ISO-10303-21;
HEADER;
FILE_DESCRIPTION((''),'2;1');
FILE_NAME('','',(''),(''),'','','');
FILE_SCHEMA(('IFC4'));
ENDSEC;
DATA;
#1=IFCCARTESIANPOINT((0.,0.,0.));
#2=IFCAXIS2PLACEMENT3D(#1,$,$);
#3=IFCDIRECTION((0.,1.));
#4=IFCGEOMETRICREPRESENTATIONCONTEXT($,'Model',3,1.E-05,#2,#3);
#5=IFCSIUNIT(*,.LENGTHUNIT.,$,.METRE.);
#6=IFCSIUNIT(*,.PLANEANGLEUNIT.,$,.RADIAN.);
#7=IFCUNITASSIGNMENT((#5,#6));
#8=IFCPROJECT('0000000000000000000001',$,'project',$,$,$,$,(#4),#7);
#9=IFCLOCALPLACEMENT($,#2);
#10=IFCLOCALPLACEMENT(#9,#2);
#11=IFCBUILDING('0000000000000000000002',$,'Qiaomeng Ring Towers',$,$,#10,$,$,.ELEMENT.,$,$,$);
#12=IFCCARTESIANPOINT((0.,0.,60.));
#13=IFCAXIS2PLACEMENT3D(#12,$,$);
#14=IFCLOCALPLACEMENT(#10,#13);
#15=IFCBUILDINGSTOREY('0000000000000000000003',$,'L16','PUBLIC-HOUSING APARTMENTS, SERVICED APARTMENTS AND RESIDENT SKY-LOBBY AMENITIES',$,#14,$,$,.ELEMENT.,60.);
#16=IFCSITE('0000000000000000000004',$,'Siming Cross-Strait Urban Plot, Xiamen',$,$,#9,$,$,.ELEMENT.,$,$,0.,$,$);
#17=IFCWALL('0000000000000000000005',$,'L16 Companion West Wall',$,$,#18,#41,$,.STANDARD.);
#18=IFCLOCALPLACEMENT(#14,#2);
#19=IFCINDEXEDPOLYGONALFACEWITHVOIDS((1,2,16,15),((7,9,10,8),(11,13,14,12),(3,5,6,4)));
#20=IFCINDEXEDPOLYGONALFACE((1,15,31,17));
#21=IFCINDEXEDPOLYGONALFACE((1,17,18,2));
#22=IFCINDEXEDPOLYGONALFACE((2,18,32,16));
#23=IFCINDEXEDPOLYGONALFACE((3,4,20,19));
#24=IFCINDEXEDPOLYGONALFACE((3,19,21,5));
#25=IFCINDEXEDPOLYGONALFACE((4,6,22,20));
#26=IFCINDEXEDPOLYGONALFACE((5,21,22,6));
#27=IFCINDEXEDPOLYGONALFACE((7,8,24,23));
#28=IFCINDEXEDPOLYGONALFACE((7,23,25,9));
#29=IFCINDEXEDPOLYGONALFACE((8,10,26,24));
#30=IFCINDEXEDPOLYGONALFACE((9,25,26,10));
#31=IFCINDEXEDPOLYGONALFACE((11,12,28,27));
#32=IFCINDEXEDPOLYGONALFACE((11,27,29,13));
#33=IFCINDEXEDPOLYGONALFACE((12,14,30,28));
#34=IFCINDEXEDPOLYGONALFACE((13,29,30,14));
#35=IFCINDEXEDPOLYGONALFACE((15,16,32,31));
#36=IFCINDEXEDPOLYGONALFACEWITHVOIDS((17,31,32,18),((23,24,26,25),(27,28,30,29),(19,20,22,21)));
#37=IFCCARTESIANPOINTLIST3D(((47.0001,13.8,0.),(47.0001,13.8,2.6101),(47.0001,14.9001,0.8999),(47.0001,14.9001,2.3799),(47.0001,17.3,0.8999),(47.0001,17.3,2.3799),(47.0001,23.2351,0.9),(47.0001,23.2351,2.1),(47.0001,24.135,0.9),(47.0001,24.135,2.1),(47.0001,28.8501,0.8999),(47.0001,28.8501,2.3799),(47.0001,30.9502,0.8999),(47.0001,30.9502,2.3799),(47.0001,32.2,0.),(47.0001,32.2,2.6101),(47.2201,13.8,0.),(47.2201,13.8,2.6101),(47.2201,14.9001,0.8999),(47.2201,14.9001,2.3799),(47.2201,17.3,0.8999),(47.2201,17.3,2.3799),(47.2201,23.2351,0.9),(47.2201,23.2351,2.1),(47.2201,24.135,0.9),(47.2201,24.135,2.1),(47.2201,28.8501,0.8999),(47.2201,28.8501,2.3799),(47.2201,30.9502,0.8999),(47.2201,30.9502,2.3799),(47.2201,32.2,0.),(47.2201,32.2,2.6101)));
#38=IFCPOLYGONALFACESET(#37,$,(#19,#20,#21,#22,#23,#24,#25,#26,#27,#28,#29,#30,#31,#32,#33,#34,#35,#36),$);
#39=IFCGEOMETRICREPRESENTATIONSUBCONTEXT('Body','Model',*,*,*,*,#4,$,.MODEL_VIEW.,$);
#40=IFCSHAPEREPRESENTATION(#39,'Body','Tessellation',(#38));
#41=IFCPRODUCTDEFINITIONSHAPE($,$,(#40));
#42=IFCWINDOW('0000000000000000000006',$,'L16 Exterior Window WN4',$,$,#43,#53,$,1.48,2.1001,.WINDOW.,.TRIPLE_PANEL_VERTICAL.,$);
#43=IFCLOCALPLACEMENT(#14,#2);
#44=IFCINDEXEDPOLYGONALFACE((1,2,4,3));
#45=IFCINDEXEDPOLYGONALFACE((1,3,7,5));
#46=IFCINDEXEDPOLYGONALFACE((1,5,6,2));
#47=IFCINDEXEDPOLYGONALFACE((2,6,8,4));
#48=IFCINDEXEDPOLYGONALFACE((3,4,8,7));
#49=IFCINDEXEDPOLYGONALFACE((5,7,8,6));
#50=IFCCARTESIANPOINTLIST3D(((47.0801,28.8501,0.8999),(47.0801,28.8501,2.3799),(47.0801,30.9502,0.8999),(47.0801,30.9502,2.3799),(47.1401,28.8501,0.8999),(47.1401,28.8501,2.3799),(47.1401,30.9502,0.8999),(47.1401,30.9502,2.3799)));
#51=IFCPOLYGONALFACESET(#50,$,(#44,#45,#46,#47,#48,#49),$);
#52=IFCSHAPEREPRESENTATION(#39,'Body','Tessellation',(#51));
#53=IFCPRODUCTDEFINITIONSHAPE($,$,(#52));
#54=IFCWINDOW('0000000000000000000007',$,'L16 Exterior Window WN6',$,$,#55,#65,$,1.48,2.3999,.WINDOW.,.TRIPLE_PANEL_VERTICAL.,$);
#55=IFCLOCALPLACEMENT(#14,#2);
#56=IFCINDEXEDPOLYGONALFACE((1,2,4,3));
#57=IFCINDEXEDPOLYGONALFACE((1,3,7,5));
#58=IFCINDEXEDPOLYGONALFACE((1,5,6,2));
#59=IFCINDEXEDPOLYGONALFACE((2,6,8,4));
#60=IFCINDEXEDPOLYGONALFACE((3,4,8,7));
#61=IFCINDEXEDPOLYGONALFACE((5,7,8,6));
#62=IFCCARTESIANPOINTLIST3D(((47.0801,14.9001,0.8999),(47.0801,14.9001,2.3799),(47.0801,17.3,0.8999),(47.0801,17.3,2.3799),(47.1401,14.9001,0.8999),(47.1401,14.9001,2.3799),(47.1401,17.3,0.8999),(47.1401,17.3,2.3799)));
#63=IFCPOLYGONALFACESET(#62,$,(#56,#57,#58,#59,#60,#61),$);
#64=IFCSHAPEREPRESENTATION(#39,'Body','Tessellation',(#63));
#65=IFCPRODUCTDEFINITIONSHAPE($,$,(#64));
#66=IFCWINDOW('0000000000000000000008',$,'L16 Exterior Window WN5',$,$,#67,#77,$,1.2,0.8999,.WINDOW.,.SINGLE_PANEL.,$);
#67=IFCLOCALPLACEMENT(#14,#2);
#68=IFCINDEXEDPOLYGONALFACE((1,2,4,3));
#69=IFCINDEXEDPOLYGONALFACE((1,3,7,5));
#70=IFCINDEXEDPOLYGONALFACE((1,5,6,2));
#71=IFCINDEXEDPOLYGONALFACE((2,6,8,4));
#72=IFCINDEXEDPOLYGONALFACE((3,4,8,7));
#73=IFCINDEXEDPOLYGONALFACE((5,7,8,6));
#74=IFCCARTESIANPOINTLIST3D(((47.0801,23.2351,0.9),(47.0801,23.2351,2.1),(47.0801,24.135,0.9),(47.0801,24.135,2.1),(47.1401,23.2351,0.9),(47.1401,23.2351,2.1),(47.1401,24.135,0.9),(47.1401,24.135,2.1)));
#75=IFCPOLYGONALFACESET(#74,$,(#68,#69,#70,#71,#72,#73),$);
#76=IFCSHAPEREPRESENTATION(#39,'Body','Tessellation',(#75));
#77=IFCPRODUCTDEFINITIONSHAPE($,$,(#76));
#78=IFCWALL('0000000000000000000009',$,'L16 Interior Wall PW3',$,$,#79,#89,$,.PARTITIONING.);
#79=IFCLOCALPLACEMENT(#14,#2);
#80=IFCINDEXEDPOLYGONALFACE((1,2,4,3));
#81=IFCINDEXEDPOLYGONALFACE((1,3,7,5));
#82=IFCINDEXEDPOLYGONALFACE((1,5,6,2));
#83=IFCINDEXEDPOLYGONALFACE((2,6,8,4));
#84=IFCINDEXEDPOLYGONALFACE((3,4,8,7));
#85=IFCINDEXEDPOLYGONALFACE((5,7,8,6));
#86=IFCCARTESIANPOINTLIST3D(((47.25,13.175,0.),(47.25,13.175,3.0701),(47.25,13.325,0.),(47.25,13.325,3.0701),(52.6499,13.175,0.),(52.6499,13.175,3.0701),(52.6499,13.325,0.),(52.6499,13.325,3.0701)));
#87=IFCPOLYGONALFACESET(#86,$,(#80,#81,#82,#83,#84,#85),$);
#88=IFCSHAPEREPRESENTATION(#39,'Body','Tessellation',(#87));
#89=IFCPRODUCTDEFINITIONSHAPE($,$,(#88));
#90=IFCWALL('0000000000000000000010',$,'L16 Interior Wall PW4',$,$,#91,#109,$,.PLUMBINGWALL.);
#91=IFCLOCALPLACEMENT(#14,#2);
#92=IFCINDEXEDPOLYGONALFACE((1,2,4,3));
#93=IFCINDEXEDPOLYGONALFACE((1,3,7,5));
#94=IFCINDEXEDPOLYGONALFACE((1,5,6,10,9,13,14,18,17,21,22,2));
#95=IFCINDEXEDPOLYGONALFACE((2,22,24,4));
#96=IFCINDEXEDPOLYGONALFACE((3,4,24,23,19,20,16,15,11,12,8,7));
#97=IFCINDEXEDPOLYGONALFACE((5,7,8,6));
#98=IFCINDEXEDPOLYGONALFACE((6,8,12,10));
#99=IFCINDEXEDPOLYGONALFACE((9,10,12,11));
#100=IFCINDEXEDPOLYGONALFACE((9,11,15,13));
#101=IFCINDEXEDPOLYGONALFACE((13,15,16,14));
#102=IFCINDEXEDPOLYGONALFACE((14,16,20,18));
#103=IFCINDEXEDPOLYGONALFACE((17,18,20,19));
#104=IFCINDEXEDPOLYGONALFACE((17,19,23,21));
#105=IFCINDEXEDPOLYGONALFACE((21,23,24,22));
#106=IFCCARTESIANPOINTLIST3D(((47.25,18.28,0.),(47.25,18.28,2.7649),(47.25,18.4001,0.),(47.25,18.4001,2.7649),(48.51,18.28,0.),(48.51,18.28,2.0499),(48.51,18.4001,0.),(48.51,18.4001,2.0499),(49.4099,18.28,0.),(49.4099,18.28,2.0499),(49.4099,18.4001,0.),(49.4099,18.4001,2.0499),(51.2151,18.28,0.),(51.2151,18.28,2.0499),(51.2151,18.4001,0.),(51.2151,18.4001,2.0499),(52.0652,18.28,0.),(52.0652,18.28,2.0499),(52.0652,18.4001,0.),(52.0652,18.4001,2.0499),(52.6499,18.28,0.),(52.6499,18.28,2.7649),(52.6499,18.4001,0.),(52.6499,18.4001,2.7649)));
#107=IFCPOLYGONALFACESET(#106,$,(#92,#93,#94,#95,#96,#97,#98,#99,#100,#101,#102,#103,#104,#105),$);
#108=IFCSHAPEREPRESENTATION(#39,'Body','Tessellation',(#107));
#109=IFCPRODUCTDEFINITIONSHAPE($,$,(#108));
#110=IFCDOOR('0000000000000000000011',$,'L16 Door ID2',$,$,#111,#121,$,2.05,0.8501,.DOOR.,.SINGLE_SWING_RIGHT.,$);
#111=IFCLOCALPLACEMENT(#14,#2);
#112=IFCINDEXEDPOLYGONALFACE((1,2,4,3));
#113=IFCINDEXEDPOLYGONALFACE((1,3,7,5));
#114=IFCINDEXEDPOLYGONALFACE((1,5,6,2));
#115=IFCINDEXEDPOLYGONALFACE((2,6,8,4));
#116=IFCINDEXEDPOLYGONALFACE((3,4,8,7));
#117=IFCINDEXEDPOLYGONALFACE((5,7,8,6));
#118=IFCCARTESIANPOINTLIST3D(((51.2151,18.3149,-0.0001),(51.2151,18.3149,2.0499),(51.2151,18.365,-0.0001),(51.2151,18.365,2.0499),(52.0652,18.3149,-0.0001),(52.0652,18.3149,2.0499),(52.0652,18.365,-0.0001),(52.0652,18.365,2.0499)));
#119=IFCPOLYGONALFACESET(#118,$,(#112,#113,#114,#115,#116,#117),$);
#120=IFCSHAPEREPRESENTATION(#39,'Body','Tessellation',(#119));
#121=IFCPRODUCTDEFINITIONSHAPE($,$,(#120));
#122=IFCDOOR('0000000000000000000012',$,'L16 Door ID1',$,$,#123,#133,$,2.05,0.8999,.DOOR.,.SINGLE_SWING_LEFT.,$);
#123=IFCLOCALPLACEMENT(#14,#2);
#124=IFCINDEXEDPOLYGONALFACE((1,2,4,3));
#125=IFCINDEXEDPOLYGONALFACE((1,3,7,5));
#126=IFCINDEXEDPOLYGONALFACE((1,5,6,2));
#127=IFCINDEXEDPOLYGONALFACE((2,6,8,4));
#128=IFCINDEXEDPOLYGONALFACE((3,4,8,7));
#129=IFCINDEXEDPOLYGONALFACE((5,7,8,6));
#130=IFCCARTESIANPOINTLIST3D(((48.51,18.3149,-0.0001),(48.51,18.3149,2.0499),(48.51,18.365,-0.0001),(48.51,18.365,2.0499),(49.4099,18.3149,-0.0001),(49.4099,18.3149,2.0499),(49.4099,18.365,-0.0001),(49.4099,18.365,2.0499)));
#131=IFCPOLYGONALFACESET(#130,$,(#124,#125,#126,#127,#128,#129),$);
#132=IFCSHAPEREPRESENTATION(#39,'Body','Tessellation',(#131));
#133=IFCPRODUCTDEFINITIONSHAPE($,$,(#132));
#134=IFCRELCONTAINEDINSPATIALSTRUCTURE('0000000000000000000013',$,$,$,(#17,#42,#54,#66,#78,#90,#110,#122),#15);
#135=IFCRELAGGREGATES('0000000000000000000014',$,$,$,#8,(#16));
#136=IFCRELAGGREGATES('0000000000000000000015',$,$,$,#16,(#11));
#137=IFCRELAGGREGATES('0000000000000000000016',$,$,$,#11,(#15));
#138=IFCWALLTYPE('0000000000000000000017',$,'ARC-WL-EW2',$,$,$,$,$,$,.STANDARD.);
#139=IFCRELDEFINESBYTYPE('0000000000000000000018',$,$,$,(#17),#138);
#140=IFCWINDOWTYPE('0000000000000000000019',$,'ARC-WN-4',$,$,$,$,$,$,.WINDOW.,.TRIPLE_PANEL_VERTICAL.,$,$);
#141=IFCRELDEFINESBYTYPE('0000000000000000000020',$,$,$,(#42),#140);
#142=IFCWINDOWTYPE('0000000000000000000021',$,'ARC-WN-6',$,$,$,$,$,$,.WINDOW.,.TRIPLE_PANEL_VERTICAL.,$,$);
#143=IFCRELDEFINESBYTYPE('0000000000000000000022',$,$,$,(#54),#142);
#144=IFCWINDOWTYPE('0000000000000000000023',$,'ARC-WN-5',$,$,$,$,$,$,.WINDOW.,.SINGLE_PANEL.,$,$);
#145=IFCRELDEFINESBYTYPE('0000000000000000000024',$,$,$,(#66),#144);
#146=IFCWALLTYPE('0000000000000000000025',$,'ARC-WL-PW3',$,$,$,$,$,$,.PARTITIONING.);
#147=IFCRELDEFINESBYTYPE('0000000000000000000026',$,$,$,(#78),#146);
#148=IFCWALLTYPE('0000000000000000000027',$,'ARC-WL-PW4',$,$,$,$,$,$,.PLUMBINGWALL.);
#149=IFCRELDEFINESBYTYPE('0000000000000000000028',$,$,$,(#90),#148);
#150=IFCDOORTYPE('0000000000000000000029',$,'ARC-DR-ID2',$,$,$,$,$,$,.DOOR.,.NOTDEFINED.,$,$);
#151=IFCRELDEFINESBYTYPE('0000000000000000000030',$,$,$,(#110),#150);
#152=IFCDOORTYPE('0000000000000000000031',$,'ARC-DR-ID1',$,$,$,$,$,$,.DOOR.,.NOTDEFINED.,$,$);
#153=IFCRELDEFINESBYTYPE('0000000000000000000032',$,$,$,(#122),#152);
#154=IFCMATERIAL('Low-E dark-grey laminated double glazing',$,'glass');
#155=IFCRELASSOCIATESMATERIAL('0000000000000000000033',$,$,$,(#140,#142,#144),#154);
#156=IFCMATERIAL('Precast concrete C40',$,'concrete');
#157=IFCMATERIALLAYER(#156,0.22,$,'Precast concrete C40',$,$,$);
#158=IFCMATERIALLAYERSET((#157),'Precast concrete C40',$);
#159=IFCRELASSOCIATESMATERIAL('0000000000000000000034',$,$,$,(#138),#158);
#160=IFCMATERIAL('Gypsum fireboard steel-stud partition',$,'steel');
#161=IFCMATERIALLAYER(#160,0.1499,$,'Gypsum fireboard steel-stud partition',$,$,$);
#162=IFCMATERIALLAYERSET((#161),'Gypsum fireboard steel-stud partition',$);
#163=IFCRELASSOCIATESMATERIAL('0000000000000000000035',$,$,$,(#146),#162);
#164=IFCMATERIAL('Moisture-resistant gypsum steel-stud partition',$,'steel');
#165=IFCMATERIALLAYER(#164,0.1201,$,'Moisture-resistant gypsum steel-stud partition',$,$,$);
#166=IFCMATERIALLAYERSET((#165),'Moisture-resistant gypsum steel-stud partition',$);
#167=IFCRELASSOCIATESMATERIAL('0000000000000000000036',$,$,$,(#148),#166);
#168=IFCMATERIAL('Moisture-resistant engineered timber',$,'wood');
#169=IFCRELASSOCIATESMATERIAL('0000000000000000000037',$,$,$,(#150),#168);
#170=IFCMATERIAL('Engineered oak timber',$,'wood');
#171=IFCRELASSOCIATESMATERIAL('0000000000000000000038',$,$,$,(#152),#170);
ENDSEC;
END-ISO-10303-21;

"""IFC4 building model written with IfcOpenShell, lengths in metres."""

from ifc_helpers import new_model, si_unit, direction, frame, frame_2d, origin, place, context, subcontext, project, spatial, rectangle, extrude, source, transform, mapped, material, layer, layer_set, type_object, element, fill, save


model = new_model("IFC4")

# Units and contexts
model_context = context("Model", 3, precision=1e-05, world=origin(), true_north=direction((0.0, 1.0)))
body_context = subcontext(model_context, "Body", "Model", "MODEL_VIEW")
ifc_project = project(units=[si_unit("LENGTHUNIT", "METRE"), si_unit("PLANEANGLEUNIT", "RADIAN")], contexts=[model_context])

# Site, building, storey
site_placement = place(None, origin())
site = spatial("IfcSite", under=ifc_project, at=site_placement, Name="Siming Cross-Strait Urban Plot, Xiamen", CompositionType="ELEMENT", RefElevation=0.0)
building_placement = place(site_placement, origin())
building = spatial("IfcBuilding", under=site, at=building_placement, Name="Qiaomeng Ring Towers", CompositionType="ELEMENT")
storey_placement = place(building_placement, frame((0.0, 0.0, 60.0)))
storey = spatial("IfcBuildingStorey", under=building, at=storey_placement, Name="L16", Description="PUBLIC-HOUSING APARTMENTS, SERVICED APARTMENTS AND RESIDENT SKY-LOBBY AMENITIES", CompositionType="ELEMENT", Elevation=60.0)

# Shared definitions
ifc_material_1 = material(Name="Precast concrete C40", Category="concrete")
ifc_material_2 = material(Name="Low-E dark-grey laminated double glazing", Category="glass")
window_type_1 = type_object("IfcWindowType", Name="ARC-WN-4", PartitioningType="TRIPLE_PANEL_VERTICAL", PredefinedType="WINDOW", material=ifc_material_2)
shared_shape_1 = source(origin(), body_context, "Body", "SweptSolid", [
    extrude(rectangle(XDim=2.1001, YDim=1.48, at=frame_2d((1.05, 0.74))), frame((0.0, 0.03, 0.0), z_axis=(0.0, -1.0, 0.0), x_axis=(1.0, 0.0, 0.0)), (0.0, 0.0, 1.0), 0.0601),
])
window_type_2 = type_object("IfcWindowType", Name="ARC-WN-6", PartitioningType="TRIPLE_PANEL_VERTICAL", PredefinedType="WINDOW", material=ifc_material_2)
shared_shape_2 = source(origin(), body_context, "Body", "SweptSolid", [
    extrude(rectangle(XDim=2.3999, YDim=1.48, at=frame_2d((1.2, 0.74))), frame((0.0, 0.03, 0.0), z_axis=(0.0, -1.0, 0.0), x_axis=(1.0, 0.0, 0.0)), (0.0, 0.0, 1.0), 0.0601),
])
window_type_3 = type_object("IfcWindowType", Name="ARC-WN-5", PartitioningType="SINGLE_PANEL", PredefinedType="WINDOW", material=ifc_material_2)
shared_shape_3 = source(origin(), body_context, "Body", "SweptSolid", [
    extrude(rectangle(XDim=0.8999, YDim=1.2, at=frame_2d((0.45, 0.6001))), frame((0.0, 0.03, 0.0), z_axis=(0.0, -1.0, 0.0), x_axis=(1.0, 0.0, 0.0)), (0.0, 0.0, 1.0), 0.0601),
])

# Wall, openings, windows
ifc_layer_1 = layer(ifc_material_1, 0.22, Name="Precast concrete C40")
ifc_layer_set_1 = layer_set([ifc_layer_1], Name="Precast concrete C40")
wall_type_1 = type_object("IfcWallType", Name="ARC-WL-EW2", PredefinedType="STANDARD", material=ifc_layer_set_1)
wall_1_placement = place(storey_placement, frame((47.1101, 13.8, 0.0), z_axis=(0.0, 0.0, 1.0), x_axis=(0.0, 1.0, 0.0)))
wall_1 = element("IfcWall", 1, at=wall_1_placement, inside=storey, type_object=wall_type_1, Name="L16 Companion West Wall", PredefinedType="STANDARD", context=body_context, shape_type="SweptSolid", body=[
    extrude(rectangle(XDim=18.3999, YDim=0.22, at=frame_2d((9.2, 0.0))), origin(), (0.0, 0.0, 1.0), 2.6101),
])
opening_1_placement = place(wall_1_placement, frame((1.1001, 0.0, 0.8999)))
opening_1 = element("IfcOpeningElement", 2, at=opening_1_placement, cuts=wall_1, PredefinedType="OPENING", context=body_context, shape_type="SweptSolid", body=[
    extrude(rectangle(XDim=2.3999, YDim=1.48, at=frame_2d((1.2, 0.74))), frame((0.0, 0.1199, 0.0), z_axis=(0.0, -1.0, 0.0), x_axis=(1.0, 0.0, 0.0)), (0.0, 0.0, 1.0), 0.24),
])
opening_2_placement = place(wall_1_placement, frame((15.05, 0.0, 0.8999)))
opening_2 = element("IfcOpeningElement", 3, at=opening_2_placement, cuts=wall_1, PredefinedType="OPENING", context=body_context, shape_type="SweptSolid", body=[
    extrude(rectangle(XDim=2.1001, YDim=1.48, at=frame_2d((1.05, 0.74))), frame((0.0, 0.1199, 0.0), z_axis=(0.0, -1.0, 0.0), x_axis=(1.0, 0.0, 0.0)), (0.0, 0.0, 1.0), 0.24),
])
opening_3_placement = place(wall_1_placement, frame((9.4351, 0.0, 0.8999)))
opening_3 = element("IfcOpeningElement", 4, at=opening_3_placement, cuts=wall_1, PredefinedType="OPENING", context=body_context, shape_type="SweptSolid", body=[
    extrude(rectangle(XDim=0.8999, YDim=1.2, at=frame_2d((0.45, 0.6001))), frame((0.0, 0.1199, 0.0), z_axis=(0.0, -1.0, 0.0), x_axis=(1.0, 0.0, 0.0)), (0.0, 0.0, 1.0), 0.24),
])
window_1_placement = place(opening_2_placement, origin())
window_1 = element("IfcWindow", 5, at=window_1_placement, inside=storey, type_object=window_type_1, Name="L16 Exterior Window WN4", OverallHeight=1.48, OverallWidth=2.1001, PartitioningType="TRIPLE_PANEL_VERTICAL", PredefinedType="WINDOW", context=body_context, shape_type="MappedRepresentation", body=[
    mapped(shared_shape_1, transform((0.0, 0.0, 0.0), x_axis=(1.0, 0.0, 0.0), y_axis=(0.0, 1.0, 0.0), z_axis=(0.0, 0.0, 1.0), scale=1.0)),
])
fill(opening_2, window_1)
window_2_placement = place(opening_1_placement, origin())
window_2 = element("IfcWindow", 6, at=window_2_placement, inside=storey, type_object=window_type_2, Name="L16 Exterior Window WN6", OverallHeight=1.48, OverallWidth=2.3999, PartitioningType="TRIPLE_PANEL_VERTICAL", PredefinedType="WINDOW", context=body_context, shape_type="MappedRepresentation", body=[
    mapped(shared_shape_2, transform((0.0, 0.0, 0.0), x_axis=(1.0, 0.0, 0.0), y_axis=(0.0, 1.0, 0.0), z_axis=(0.0, 0.0, 1.0), scale=1.0)),
])
fill(opening_1, window_2)
window_3_placement = place(opening_3_placement, origin())
window_3 = element("IfcWindow", 7, at=window_3_placement, inside=storey, type_object=window_type_3, Name="L16 Exterior Window WN5", OverallHeight=1.2, OverallWidth=0.8999, PartitioningType="SINGLE_PANEL", PredefinedType="WINDOW", context=body_context, shape_type="MappedRepresentation", body=[
    mapped(shared_shape_3, transform((0.0, 0.0, 0.0), x_axis=(1.0, 0.0, 0.0), y_axis=(0.0, 1.0, 0.0), z_axis=(0.0, 0.0, 1.0), scale=1.0)),
])
fill(opening_3, window_3)

# Wall
ifc_material_3 = material(Name="Gypsum fireboard steel-stud partition", Category="steel")
ifc_layer_2 = layer(ifc_material_3, 0.1499, Name="Gypsum fireboard steel-stud partition")
ifc_layer_set_2 = layer_set([ifc_layer_2], Name="Gypsum fireboard steel-stud partition")
wall_type_2 = type_object("IfcWallType", Name="ARC-WL-PW3", PredefinedType="PARTITIONING", material=ifc_layer_set_2)
wall_2_placement = place(storey_placement, frame((47.25, 13.25, 0.0), z_axis=(0.0, 0.0, 1.0), x_axis=(1.0, 0.0, 0.0)))
element("IfcWall", 8, at=wall_2_placement, inside=storey, type_object=wall_type_2, Name="L16 Interior Wall PW3", PredefinedType="PARTITIONING", context=body_context, shape_type="SweptSolid", body=[
    extrude(rectangle(XDim=5.3999, YDim=0.1499, at=frame_2d((2.7, 0.0))), origin(), (0.0, 0.0, 1.0), 3.0701),
])

# Wall, openings, doors
ifc_material_4 = material(Name="Moisture-resistant gypsum steel-stud partition", Category="steel")
ifc_layer_3 = layer(ifc_material_4, 0.1201, Name="Moisture-resistant gypsum steel-stud partition")
ifc_layer_set_3 = layer_set([ifc_layer_3], Name="Moisture-resistant gypsum steel-stud partition")
wall_type_3 = type_object("IfcWallType", Name="ARC-WL-PW4", PredefinedType="PLUMBINGWALL", material=ifc_layer_set_3)
wall_3_placement = place(storey_placement, frame((47.25, 18.3401, 0.0), z_axis=(0.0, 0.0, 1.0), x_axis=(1.0, 0.0, 0.0)))
wall_3 = element("IfcWall", 9, at=wall_3_placement, inside=storey, type_object=wall_type_3, Name="L16 Interior Wall PW4", PredefinedType="PLUMBINGWALL", context=body_context, shape_type="SweptSolid", body=[
    extrude(rectangle(XDim=5.3999, YDim=0.1201, at=frame_2d((2.7, 0.0))), origin(), (0.0, 0.0, 1.0), 2.7649),
])
opening_4_placement = place(wall_3_placement, frame((1.26, 0.0, 0.0)))
opening_4 = element("IfcOpeningElement", 10, at=opening_4_placement, cuts=wall_3, PredefinedType="OPENING", context=body_context, shape_type="SweptSolid", body=[
    extrude(rectangle(XDim=0.8999, YDim=2.05, at=frame_2d((0.45, 1.0249))), frame((0.0, 0.0701, 0.0), z_axis=(0.0, -1.0, 0.0), x_axis=(1.0, 0.0, 0.0)), (0.0, 0.0, 1.0), 0.1401),
])
opening_5_placement = place(wall_3_placement, frame((3.9651, 0.0, 0.0)))
opening_5 = element("IfcOpeningElement", 11, at=opening_5_placement, cuts=wall_3, PredefinedType="OPENING", context=body_context, shape_type="SweptSolid", body=[
    extrude(rectangle(XDim=0.8501, YDim=2.05, at=frame_2d((0.425, 1.0249))), frame((0.0, 0.0701, 0.0), z_axis=(0.0, -1.0, 0.0), x_axis=(1.0, 0.0, 0.0)), (0.0, 0.0, 1.0), 0.1401),
])
ifc_material_5 = material(Name="Moisture-resistant engineered timber", Category="wood")
door_type_1 = type_object("IfcDoorType", Name="ARC-DR-ID2", OperationType="NOTDEFINED", PredefinedType="DOOR", material=ifc_material_5)
shared_shape_4 = source(origin(), body_context, "Body", "SweptSolid", [
    extrude(rectangle(XDim=0.8501, YDim=2.05, at=frame_2d((0.425, 1.0249))), frame((0.0, 0.0249, 0.0), z_axis=(0.0, -1.0, 0.0), x_axis=(1.0, 0.0, 0.0)), (0.0, 0.0, 1.0), 0.05),
])
door_1_placement = place(opening_5_placement, origin())
door_1 = element("IfcDoor", 12, at=door_1_placement, inside=storey, type_object=door_type_1, Name="L16 Door ID2", OperationType="SINGLE_SWING_RIGHT", OverallHeight=2.05, OverallWidth=0.8501, PredefinedType="DOOR", context=body_context, shape_type="MappedRepresentation", body=[
    mapped(shared_shape_4, transform((0.0, 0.0, 0.0), x_axis=(1.0, 0.0, 0.0), y_axis=(0.0, 1.0, 0.0), z_axis=(0.0, 0.0, 1.0), scale=1.0)),
])
fill(opening_5, door_1)
ifc_material_6 = material(Name="Engineered oak timber", Category="wood")
door_type_2 = type_object("IfcDoorType", Name="ARC-DR-ID1", OperationType="NOTDEFINED", PredefinedType="DOOR", material=ifc_material_6)
shared_shape_5 = source(origin(), body_context, "Body", "SweptSolid", [
    extrude(rectangle(XDim=0.8999, YDim=2.05, at=frame_2d((0.45, 1.0249))), frame((0.0, 0.0249, 0.0), z_axis=(0.0, -1.0, 0.0), x_axis=(1.0, 0.0, 0.0)), (0.0, 0.0, 1.0), 0.05),
])
door_2_placement = place(opening_4_placement, origin())
door_2 = element("IfcDoor", 13, at=door_2_placement, inside=storey, type_object=door_type_2, Name="L16 Door ID1", OperationType="SINGLE_SWING_LEFT", OverallHeight=2.05, OverallWidth=0.8999, PredefinedType="DOOR", context=body_context, shape_type="MappedRepresentation", body=[
    mapped(shared_shape_5, transform((0.0, 0.0, 0.0), x_axis=(1.0, 0.0, 0.0), y_axis=(0.0, 1.0, 0.0), z_axis=(0.0, 0.0, 1.0), scale=1.0)),
])
fill(opening_4, door_2)

save(model, "model.ifc")
